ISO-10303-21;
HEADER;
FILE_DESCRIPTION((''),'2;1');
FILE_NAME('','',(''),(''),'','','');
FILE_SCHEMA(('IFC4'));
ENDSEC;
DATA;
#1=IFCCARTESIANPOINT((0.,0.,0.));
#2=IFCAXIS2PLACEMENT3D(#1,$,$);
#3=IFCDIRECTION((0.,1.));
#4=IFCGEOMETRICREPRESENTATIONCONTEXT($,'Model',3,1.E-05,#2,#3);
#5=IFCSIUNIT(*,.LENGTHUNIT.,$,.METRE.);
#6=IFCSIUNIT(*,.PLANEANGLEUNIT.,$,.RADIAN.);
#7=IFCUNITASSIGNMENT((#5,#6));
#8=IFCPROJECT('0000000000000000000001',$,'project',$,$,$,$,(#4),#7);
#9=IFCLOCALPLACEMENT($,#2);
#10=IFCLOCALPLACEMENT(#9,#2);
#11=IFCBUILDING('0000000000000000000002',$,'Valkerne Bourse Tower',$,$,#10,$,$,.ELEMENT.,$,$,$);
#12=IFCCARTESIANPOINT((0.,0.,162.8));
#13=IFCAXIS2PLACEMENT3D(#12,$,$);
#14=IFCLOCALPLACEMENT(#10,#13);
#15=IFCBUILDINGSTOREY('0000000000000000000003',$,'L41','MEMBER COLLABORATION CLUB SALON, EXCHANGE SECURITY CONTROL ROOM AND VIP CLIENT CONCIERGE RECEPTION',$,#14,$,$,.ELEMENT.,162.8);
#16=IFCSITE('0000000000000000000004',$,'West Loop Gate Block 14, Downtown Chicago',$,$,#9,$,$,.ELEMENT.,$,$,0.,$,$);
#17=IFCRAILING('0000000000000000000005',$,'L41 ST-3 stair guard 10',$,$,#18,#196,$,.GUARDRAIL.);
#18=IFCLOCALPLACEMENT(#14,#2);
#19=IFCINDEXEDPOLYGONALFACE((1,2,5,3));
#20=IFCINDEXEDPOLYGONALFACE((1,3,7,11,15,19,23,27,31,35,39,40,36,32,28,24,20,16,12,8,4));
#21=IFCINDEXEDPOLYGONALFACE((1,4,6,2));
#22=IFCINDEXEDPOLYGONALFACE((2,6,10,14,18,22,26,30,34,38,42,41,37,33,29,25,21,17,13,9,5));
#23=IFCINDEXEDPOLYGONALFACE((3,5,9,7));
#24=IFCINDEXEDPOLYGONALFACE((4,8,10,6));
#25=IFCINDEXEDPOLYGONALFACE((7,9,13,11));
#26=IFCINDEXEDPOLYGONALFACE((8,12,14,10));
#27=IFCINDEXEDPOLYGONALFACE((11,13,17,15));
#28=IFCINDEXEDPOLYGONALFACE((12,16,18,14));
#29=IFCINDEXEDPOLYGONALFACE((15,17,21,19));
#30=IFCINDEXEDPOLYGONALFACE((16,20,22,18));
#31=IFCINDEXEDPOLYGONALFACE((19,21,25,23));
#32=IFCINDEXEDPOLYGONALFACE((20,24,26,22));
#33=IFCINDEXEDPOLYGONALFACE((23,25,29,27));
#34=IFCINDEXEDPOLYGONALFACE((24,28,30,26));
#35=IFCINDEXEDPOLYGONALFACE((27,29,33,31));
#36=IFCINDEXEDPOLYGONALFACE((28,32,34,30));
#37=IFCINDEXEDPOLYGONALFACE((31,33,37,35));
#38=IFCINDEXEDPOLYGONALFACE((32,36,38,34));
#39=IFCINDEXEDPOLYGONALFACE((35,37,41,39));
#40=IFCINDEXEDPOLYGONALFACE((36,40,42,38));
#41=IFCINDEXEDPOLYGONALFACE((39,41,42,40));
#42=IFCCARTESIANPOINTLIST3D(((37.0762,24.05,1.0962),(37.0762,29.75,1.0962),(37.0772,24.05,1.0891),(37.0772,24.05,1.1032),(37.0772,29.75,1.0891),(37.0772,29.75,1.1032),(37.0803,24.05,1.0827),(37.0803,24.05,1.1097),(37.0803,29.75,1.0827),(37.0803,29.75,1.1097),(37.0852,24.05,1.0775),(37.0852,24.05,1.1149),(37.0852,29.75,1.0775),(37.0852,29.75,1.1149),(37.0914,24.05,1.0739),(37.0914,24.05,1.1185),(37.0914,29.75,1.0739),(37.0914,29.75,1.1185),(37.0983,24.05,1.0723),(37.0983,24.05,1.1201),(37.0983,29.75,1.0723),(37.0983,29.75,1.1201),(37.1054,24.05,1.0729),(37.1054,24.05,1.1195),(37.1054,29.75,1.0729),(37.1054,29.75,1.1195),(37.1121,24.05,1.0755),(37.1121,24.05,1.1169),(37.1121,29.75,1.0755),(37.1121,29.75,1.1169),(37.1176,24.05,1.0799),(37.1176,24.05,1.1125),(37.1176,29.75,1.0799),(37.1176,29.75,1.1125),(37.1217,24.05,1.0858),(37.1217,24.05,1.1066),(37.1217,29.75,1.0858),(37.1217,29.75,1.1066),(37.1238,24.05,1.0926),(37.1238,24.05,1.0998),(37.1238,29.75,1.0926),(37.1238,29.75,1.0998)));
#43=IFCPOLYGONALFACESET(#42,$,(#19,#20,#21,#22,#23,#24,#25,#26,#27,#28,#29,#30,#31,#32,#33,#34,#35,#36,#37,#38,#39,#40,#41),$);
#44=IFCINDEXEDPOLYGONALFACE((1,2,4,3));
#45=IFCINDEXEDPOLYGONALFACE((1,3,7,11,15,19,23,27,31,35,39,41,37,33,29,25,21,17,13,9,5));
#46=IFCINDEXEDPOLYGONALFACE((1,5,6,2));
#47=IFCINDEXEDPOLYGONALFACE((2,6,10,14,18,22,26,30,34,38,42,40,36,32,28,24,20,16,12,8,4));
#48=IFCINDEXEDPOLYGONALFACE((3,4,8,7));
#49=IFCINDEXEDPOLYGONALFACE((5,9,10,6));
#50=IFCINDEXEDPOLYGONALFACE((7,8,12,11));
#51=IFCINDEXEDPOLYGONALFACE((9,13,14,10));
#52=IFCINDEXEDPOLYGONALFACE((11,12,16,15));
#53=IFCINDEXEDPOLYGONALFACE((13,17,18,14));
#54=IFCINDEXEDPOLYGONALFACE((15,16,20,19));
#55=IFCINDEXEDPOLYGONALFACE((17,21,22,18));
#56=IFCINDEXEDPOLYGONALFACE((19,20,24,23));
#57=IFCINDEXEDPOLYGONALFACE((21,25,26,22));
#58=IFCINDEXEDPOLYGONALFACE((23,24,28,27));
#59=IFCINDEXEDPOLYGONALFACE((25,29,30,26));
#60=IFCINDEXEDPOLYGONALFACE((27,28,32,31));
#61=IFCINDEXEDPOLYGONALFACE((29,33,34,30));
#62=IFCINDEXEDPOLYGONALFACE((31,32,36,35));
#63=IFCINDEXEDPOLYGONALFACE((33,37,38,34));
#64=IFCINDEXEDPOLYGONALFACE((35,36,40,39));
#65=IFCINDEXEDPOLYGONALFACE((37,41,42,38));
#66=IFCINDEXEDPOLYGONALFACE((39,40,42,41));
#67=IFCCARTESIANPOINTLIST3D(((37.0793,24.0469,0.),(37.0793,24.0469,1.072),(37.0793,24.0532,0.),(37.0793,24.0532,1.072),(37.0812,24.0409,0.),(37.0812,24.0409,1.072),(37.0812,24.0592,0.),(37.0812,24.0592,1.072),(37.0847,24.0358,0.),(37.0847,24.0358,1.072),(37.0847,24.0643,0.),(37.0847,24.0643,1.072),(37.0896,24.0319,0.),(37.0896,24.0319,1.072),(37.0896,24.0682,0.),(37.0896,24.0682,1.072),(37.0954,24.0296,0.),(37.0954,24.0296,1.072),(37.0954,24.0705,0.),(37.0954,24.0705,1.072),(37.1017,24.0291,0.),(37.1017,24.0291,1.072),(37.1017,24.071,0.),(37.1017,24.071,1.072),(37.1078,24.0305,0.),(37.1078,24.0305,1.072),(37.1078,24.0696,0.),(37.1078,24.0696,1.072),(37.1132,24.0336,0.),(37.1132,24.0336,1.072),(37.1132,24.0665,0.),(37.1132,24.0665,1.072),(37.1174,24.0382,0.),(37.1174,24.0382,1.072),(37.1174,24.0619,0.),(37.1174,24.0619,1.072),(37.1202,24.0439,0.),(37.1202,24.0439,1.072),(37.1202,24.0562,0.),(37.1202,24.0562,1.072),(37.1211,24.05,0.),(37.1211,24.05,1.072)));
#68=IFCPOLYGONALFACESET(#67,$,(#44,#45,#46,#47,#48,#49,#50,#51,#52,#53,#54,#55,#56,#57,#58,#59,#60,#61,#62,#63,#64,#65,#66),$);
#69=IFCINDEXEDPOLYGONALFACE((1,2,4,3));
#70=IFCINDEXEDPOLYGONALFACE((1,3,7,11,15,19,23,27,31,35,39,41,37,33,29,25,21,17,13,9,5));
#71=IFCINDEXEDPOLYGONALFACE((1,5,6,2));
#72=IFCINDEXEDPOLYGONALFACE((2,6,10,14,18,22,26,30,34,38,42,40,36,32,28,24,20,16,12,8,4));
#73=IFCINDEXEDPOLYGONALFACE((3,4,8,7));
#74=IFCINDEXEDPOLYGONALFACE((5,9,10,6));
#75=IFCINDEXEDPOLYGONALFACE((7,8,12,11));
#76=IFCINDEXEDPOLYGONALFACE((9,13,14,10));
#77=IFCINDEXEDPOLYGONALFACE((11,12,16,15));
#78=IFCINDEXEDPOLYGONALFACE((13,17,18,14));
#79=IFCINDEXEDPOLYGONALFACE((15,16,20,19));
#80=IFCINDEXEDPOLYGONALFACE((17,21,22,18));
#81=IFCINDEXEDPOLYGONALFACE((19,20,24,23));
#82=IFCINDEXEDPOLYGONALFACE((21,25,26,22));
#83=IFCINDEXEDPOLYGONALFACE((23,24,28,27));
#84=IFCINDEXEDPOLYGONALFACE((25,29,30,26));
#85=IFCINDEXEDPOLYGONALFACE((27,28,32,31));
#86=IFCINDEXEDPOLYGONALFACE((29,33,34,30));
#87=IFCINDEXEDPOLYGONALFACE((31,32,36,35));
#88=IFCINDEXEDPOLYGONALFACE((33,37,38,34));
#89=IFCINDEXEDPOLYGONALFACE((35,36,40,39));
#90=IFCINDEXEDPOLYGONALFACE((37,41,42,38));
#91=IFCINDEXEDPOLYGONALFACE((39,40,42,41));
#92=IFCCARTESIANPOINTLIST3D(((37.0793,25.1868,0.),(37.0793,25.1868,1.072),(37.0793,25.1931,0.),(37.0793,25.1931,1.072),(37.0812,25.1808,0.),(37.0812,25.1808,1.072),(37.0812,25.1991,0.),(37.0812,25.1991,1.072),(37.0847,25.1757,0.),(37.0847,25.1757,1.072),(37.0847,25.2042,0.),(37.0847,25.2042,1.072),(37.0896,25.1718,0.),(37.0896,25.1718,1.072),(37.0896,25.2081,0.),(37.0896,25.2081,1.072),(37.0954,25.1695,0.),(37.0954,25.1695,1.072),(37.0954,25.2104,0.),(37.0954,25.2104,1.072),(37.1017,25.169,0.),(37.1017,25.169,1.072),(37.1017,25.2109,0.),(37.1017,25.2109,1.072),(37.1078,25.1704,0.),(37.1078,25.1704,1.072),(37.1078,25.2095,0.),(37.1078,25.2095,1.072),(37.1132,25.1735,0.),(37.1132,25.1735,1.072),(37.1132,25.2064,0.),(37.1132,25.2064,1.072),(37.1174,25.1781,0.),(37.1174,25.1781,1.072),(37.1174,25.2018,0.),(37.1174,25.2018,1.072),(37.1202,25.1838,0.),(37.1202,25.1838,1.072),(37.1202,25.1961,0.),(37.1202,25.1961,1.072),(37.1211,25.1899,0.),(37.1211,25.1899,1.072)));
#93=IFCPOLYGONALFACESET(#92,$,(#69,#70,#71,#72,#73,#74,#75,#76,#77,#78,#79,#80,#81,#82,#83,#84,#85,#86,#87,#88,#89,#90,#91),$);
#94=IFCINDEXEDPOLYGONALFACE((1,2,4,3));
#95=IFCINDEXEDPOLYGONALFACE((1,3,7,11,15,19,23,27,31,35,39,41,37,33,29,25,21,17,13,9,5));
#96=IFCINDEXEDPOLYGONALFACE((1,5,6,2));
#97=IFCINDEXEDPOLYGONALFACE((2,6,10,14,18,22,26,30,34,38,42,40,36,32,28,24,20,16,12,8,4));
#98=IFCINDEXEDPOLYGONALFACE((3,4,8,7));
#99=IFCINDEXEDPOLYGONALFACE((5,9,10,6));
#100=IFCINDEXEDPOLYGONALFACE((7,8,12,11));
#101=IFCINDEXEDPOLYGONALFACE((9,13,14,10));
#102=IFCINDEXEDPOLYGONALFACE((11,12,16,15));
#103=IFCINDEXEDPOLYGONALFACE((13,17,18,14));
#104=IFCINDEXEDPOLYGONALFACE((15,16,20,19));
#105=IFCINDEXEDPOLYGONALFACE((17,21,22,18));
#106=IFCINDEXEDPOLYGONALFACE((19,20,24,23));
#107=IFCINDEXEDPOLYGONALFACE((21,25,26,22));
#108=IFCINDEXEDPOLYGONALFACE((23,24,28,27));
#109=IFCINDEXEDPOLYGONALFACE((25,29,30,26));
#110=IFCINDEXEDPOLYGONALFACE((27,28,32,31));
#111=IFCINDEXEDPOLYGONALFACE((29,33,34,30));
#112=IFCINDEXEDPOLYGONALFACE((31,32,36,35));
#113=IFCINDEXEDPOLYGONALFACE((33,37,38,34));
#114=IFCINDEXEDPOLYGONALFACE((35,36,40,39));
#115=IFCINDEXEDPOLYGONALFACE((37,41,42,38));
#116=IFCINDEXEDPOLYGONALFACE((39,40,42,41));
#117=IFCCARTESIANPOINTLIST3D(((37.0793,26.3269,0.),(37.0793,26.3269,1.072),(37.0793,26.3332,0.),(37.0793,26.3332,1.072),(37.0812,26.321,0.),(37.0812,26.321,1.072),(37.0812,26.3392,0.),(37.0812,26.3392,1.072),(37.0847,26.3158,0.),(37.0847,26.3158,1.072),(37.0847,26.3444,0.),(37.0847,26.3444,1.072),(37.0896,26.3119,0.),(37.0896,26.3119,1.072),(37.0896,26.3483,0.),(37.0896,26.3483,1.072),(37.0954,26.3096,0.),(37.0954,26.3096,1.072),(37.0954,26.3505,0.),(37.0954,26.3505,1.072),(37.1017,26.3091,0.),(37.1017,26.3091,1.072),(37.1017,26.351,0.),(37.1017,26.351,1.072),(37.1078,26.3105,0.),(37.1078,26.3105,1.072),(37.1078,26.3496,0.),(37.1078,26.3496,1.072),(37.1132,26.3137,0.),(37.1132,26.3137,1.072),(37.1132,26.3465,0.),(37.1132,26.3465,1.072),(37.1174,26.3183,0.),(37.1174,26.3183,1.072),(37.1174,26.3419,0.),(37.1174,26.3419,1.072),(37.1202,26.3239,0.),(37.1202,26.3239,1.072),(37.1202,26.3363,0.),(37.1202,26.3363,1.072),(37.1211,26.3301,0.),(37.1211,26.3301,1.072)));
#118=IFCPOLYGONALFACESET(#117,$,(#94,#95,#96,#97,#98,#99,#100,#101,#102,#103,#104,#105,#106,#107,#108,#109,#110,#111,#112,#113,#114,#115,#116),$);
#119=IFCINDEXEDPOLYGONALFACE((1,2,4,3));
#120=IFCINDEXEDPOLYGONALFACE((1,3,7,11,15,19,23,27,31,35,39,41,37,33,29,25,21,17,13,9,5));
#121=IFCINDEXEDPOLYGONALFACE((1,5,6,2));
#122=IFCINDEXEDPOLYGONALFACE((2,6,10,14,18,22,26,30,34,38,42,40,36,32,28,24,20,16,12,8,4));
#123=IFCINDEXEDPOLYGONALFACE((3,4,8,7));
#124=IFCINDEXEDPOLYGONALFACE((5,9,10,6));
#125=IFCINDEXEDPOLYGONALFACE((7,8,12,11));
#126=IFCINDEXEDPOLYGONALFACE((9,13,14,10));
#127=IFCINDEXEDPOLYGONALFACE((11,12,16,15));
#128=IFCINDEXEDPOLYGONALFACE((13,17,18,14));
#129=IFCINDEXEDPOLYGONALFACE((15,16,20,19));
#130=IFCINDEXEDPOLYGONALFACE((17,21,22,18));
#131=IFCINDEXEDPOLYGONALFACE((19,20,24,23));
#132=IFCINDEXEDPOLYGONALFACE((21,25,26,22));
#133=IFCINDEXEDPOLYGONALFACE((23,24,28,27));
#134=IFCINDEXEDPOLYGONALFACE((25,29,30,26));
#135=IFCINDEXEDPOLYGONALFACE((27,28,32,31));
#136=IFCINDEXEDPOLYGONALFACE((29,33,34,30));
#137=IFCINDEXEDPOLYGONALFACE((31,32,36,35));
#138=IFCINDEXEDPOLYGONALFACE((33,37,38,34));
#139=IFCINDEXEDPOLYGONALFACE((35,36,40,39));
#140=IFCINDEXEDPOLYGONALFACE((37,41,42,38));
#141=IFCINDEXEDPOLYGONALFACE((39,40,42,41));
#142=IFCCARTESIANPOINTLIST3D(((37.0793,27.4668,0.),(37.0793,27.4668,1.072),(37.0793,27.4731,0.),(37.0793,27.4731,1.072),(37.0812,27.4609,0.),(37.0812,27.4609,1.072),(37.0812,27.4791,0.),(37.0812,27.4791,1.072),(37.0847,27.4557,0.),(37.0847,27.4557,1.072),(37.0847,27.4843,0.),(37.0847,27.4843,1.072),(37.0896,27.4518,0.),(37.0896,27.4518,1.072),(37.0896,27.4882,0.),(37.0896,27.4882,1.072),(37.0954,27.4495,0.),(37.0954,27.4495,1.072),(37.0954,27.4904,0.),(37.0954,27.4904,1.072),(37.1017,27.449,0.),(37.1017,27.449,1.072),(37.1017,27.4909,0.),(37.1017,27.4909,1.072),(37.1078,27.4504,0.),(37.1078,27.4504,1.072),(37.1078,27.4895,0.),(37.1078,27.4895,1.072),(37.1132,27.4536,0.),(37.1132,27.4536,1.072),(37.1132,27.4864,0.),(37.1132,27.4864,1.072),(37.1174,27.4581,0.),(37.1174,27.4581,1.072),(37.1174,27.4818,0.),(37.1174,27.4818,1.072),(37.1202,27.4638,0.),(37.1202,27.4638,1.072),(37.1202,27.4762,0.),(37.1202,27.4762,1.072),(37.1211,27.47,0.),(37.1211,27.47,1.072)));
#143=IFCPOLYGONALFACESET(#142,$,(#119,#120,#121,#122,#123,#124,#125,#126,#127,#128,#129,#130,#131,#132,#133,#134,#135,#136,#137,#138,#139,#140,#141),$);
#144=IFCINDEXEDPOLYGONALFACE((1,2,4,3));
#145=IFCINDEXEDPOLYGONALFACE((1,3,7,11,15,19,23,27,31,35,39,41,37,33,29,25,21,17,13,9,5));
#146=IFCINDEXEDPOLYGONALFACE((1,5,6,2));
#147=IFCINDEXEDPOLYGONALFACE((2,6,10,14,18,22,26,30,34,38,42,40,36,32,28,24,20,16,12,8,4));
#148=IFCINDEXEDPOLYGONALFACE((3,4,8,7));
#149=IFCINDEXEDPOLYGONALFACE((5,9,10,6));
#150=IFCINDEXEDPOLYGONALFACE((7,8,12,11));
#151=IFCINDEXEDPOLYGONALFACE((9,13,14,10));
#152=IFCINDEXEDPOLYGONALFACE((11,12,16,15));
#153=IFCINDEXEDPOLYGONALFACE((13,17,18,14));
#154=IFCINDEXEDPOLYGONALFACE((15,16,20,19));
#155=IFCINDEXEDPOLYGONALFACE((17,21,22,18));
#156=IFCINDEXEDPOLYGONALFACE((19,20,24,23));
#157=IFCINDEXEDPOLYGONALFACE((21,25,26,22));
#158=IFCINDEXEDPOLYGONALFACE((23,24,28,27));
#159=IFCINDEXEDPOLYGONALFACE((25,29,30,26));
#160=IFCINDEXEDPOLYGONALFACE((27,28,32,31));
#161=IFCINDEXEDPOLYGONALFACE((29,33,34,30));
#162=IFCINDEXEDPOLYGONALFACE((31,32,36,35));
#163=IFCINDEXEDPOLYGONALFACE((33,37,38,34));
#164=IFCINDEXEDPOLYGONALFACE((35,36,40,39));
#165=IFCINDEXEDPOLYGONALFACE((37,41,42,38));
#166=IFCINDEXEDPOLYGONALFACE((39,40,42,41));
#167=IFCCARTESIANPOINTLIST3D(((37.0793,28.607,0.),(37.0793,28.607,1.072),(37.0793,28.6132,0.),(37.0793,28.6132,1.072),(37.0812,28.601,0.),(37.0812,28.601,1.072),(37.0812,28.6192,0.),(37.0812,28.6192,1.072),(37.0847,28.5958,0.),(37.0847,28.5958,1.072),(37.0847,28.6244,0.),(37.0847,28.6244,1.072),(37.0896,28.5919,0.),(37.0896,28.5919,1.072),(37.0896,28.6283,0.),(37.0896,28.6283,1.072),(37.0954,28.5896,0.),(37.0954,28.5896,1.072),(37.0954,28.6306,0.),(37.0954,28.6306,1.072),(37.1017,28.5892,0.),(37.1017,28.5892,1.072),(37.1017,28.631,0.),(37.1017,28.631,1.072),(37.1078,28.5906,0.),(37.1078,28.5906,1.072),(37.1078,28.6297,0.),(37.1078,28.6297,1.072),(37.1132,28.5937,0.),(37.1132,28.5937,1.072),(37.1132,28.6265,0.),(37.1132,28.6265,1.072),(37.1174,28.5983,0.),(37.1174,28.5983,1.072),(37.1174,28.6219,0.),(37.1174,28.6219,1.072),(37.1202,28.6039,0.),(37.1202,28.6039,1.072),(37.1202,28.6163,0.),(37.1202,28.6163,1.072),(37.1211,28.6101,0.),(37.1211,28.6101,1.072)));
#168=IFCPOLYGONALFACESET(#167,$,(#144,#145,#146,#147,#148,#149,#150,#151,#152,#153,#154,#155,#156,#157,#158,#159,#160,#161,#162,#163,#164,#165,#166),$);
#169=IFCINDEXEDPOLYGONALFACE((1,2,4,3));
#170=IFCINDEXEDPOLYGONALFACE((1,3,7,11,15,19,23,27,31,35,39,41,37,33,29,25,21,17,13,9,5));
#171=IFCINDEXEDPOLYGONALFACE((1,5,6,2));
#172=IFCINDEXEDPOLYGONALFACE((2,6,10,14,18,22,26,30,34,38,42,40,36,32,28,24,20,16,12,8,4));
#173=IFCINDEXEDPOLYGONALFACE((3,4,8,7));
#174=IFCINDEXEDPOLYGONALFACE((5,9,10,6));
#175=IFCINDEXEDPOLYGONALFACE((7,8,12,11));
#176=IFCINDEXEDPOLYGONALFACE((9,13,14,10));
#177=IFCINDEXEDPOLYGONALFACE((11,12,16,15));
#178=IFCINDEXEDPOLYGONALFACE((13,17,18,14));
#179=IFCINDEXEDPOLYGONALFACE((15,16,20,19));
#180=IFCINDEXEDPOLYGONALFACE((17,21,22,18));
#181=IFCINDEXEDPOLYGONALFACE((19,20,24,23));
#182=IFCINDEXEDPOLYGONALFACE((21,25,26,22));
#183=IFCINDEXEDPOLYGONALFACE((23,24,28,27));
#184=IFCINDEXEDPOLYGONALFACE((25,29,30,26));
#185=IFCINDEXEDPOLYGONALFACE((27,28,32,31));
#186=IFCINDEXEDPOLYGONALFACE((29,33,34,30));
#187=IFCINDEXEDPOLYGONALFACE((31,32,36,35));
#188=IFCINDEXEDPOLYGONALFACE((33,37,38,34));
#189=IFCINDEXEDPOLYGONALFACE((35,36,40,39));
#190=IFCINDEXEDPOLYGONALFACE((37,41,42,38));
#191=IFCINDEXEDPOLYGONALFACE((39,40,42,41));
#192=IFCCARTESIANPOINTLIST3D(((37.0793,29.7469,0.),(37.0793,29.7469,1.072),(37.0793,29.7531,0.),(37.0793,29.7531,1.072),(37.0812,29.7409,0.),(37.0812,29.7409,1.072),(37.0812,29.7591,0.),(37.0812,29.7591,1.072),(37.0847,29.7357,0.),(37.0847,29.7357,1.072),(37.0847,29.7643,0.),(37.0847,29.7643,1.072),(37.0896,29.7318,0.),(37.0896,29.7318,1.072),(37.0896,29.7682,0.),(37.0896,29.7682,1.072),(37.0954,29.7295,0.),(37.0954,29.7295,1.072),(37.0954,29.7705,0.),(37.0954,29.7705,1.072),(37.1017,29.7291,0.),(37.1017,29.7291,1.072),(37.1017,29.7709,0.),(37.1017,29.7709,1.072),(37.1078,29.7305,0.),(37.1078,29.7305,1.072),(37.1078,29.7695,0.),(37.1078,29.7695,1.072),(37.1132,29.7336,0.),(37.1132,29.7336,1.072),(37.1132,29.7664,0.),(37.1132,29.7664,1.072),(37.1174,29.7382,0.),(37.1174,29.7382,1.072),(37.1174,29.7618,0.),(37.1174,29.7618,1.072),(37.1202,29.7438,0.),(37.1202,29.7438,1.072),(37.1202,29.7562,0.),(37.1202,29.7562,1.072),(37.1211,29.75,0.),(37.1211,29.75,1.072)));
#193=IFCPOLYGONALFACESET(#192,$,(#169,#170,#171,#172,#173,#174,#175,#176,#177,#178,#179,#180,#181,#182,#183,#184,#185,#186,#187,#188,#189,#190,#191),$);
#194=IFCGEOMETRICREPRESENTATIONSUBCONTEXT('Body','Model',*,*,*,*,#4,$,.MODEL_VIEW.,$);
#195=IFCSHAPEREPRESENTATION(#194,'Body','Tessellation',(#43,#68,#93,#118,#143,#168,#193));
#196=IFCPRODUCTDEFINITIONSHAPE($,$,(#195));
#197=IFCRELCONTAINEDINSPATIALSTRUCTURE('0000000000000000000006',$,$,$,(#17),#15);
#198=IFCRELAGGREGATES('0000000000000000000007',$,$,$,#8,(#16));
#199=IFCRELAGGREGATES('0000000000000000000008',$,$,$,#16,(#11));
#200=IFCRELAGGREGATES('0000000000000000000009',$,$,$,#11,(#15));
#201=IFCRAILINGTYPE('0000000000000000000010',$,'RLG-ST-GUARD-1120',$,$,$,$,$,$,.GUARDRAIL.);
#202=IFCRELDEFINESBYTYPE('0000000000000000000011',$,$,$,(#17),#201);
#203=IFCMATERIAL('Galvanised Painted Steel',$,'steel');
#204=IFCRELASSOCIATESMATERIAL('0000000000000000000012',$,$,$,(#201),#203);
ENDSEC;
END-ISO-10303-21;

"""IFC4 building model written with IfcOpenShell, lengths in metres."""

from ifc_helpers import new_model, si_unit, direction, frame, origin, origin_2d, place, context, subcontext, project, spatial, circle, extrude, material, type_object, element, save


model = new_model("IFC4")

# Units and contexts
model_context = context("Model", 3, precision=1e-05, world=origin(), true_north=direction((0.0, 1.0)))
body_context = subcontext(model_context, "Body", "Model", "MODEL_VIEW")
ifc_project = project(units=[si_unit("LENGTHUNIT", "METRE"), si_unit("PLANEANGLEUNIT", "RADIAN")], contexts=[model_context])

# Site, building, storey
site_placement = place(None, origin())
site = spatial("IfcSite", under=ifc_project, at=site_placement, Name="West Loop Gate Block 14, Downtown Chicago", CompositionType="ELEMENT", RefElevation=0.0)
building_placement = place(site_placement, origin())
building = spatial("IfcBuilding", under=site, at=building_placement, Name="Valkerne Bourse Tower", CompositionType="ELEMENT")
storey_placement = place(building_placement, frame((0.0, 0.0, 162.8)))
storey = spatial("IfcBuildingStorey", under=building, at=storey_placement, Name="L41", Description="MEMBER COLLABORATION CLUB SALON, EXCHANGE SECURITY CONTROL ROOM AND VIP CLIENT CONCIERGE RECEPTION", CompositionType="ELEMENT", Elevation=162.8)

# Shared definitions
ifc_material_1 = material(Name="Galvanised Painted Steel", Category="steel")

# Railing
railing_type = type_object("IfcRailingType", Name="RLG-ST-GUARD-1120", PredefinedType="GUARDRAIL", material=ifc_material_1)
for number, where, name in (
    (1, (37.1001, 24.05, 0.0), "L41 ST-3 stair guard 10"),
):
    element("IfcRailing", number, at=place(storey_placement, frame(where)), inside=storey, type_object=railing_type, Name=name, PredefinedType="GUARDRAIL", context=body_context, shape_type="SweptSolid", body=[
        extrude(circle(Radius=0.0239, at=origin_2d()), frame((0.0, 0.0, 1.0962), z_axis=(0.0, 1.0, 0.0), x_axis=(-1.0, 0.0, 0.0)), (0.0, 0.0, 1.0), 5.7),
        extrude(circle(Radius=0.021, at=origin_2d()), origin(), (0.0, 0.0, 1.0), 1.072),
        extrude(circle(Radius=0.021, at=origin_2d()), frame((0.0, 1.1399, 0.0)), (0.0, 0.0, 1.0), 1.072),
        extrude(circle(Radius=0.021, at=origin_2d()), frame((0.0, 2.28, 0.0)), (0.0, 0.0, 1.0), 1.072),
        extrude(circle(Radius=0.021, at=origin_2d()), frame((0.0, 3.4199, 0.0)), (0.0, 0.0, 1.0), 1.072),
        extrude(circle(Radius=0.021, at=origin_2d()), frame((0.0, 4.5601, 0.0)), (0.0, 0.0, 1.0), 1.072),
        extrude(circle(Radius=0.021, at=origin_2d()), frame((0.0, 5.7, 0.0)), (0.0, 0.0, 1.0), 1.072),
    ])

save(model, "model.ifc")
